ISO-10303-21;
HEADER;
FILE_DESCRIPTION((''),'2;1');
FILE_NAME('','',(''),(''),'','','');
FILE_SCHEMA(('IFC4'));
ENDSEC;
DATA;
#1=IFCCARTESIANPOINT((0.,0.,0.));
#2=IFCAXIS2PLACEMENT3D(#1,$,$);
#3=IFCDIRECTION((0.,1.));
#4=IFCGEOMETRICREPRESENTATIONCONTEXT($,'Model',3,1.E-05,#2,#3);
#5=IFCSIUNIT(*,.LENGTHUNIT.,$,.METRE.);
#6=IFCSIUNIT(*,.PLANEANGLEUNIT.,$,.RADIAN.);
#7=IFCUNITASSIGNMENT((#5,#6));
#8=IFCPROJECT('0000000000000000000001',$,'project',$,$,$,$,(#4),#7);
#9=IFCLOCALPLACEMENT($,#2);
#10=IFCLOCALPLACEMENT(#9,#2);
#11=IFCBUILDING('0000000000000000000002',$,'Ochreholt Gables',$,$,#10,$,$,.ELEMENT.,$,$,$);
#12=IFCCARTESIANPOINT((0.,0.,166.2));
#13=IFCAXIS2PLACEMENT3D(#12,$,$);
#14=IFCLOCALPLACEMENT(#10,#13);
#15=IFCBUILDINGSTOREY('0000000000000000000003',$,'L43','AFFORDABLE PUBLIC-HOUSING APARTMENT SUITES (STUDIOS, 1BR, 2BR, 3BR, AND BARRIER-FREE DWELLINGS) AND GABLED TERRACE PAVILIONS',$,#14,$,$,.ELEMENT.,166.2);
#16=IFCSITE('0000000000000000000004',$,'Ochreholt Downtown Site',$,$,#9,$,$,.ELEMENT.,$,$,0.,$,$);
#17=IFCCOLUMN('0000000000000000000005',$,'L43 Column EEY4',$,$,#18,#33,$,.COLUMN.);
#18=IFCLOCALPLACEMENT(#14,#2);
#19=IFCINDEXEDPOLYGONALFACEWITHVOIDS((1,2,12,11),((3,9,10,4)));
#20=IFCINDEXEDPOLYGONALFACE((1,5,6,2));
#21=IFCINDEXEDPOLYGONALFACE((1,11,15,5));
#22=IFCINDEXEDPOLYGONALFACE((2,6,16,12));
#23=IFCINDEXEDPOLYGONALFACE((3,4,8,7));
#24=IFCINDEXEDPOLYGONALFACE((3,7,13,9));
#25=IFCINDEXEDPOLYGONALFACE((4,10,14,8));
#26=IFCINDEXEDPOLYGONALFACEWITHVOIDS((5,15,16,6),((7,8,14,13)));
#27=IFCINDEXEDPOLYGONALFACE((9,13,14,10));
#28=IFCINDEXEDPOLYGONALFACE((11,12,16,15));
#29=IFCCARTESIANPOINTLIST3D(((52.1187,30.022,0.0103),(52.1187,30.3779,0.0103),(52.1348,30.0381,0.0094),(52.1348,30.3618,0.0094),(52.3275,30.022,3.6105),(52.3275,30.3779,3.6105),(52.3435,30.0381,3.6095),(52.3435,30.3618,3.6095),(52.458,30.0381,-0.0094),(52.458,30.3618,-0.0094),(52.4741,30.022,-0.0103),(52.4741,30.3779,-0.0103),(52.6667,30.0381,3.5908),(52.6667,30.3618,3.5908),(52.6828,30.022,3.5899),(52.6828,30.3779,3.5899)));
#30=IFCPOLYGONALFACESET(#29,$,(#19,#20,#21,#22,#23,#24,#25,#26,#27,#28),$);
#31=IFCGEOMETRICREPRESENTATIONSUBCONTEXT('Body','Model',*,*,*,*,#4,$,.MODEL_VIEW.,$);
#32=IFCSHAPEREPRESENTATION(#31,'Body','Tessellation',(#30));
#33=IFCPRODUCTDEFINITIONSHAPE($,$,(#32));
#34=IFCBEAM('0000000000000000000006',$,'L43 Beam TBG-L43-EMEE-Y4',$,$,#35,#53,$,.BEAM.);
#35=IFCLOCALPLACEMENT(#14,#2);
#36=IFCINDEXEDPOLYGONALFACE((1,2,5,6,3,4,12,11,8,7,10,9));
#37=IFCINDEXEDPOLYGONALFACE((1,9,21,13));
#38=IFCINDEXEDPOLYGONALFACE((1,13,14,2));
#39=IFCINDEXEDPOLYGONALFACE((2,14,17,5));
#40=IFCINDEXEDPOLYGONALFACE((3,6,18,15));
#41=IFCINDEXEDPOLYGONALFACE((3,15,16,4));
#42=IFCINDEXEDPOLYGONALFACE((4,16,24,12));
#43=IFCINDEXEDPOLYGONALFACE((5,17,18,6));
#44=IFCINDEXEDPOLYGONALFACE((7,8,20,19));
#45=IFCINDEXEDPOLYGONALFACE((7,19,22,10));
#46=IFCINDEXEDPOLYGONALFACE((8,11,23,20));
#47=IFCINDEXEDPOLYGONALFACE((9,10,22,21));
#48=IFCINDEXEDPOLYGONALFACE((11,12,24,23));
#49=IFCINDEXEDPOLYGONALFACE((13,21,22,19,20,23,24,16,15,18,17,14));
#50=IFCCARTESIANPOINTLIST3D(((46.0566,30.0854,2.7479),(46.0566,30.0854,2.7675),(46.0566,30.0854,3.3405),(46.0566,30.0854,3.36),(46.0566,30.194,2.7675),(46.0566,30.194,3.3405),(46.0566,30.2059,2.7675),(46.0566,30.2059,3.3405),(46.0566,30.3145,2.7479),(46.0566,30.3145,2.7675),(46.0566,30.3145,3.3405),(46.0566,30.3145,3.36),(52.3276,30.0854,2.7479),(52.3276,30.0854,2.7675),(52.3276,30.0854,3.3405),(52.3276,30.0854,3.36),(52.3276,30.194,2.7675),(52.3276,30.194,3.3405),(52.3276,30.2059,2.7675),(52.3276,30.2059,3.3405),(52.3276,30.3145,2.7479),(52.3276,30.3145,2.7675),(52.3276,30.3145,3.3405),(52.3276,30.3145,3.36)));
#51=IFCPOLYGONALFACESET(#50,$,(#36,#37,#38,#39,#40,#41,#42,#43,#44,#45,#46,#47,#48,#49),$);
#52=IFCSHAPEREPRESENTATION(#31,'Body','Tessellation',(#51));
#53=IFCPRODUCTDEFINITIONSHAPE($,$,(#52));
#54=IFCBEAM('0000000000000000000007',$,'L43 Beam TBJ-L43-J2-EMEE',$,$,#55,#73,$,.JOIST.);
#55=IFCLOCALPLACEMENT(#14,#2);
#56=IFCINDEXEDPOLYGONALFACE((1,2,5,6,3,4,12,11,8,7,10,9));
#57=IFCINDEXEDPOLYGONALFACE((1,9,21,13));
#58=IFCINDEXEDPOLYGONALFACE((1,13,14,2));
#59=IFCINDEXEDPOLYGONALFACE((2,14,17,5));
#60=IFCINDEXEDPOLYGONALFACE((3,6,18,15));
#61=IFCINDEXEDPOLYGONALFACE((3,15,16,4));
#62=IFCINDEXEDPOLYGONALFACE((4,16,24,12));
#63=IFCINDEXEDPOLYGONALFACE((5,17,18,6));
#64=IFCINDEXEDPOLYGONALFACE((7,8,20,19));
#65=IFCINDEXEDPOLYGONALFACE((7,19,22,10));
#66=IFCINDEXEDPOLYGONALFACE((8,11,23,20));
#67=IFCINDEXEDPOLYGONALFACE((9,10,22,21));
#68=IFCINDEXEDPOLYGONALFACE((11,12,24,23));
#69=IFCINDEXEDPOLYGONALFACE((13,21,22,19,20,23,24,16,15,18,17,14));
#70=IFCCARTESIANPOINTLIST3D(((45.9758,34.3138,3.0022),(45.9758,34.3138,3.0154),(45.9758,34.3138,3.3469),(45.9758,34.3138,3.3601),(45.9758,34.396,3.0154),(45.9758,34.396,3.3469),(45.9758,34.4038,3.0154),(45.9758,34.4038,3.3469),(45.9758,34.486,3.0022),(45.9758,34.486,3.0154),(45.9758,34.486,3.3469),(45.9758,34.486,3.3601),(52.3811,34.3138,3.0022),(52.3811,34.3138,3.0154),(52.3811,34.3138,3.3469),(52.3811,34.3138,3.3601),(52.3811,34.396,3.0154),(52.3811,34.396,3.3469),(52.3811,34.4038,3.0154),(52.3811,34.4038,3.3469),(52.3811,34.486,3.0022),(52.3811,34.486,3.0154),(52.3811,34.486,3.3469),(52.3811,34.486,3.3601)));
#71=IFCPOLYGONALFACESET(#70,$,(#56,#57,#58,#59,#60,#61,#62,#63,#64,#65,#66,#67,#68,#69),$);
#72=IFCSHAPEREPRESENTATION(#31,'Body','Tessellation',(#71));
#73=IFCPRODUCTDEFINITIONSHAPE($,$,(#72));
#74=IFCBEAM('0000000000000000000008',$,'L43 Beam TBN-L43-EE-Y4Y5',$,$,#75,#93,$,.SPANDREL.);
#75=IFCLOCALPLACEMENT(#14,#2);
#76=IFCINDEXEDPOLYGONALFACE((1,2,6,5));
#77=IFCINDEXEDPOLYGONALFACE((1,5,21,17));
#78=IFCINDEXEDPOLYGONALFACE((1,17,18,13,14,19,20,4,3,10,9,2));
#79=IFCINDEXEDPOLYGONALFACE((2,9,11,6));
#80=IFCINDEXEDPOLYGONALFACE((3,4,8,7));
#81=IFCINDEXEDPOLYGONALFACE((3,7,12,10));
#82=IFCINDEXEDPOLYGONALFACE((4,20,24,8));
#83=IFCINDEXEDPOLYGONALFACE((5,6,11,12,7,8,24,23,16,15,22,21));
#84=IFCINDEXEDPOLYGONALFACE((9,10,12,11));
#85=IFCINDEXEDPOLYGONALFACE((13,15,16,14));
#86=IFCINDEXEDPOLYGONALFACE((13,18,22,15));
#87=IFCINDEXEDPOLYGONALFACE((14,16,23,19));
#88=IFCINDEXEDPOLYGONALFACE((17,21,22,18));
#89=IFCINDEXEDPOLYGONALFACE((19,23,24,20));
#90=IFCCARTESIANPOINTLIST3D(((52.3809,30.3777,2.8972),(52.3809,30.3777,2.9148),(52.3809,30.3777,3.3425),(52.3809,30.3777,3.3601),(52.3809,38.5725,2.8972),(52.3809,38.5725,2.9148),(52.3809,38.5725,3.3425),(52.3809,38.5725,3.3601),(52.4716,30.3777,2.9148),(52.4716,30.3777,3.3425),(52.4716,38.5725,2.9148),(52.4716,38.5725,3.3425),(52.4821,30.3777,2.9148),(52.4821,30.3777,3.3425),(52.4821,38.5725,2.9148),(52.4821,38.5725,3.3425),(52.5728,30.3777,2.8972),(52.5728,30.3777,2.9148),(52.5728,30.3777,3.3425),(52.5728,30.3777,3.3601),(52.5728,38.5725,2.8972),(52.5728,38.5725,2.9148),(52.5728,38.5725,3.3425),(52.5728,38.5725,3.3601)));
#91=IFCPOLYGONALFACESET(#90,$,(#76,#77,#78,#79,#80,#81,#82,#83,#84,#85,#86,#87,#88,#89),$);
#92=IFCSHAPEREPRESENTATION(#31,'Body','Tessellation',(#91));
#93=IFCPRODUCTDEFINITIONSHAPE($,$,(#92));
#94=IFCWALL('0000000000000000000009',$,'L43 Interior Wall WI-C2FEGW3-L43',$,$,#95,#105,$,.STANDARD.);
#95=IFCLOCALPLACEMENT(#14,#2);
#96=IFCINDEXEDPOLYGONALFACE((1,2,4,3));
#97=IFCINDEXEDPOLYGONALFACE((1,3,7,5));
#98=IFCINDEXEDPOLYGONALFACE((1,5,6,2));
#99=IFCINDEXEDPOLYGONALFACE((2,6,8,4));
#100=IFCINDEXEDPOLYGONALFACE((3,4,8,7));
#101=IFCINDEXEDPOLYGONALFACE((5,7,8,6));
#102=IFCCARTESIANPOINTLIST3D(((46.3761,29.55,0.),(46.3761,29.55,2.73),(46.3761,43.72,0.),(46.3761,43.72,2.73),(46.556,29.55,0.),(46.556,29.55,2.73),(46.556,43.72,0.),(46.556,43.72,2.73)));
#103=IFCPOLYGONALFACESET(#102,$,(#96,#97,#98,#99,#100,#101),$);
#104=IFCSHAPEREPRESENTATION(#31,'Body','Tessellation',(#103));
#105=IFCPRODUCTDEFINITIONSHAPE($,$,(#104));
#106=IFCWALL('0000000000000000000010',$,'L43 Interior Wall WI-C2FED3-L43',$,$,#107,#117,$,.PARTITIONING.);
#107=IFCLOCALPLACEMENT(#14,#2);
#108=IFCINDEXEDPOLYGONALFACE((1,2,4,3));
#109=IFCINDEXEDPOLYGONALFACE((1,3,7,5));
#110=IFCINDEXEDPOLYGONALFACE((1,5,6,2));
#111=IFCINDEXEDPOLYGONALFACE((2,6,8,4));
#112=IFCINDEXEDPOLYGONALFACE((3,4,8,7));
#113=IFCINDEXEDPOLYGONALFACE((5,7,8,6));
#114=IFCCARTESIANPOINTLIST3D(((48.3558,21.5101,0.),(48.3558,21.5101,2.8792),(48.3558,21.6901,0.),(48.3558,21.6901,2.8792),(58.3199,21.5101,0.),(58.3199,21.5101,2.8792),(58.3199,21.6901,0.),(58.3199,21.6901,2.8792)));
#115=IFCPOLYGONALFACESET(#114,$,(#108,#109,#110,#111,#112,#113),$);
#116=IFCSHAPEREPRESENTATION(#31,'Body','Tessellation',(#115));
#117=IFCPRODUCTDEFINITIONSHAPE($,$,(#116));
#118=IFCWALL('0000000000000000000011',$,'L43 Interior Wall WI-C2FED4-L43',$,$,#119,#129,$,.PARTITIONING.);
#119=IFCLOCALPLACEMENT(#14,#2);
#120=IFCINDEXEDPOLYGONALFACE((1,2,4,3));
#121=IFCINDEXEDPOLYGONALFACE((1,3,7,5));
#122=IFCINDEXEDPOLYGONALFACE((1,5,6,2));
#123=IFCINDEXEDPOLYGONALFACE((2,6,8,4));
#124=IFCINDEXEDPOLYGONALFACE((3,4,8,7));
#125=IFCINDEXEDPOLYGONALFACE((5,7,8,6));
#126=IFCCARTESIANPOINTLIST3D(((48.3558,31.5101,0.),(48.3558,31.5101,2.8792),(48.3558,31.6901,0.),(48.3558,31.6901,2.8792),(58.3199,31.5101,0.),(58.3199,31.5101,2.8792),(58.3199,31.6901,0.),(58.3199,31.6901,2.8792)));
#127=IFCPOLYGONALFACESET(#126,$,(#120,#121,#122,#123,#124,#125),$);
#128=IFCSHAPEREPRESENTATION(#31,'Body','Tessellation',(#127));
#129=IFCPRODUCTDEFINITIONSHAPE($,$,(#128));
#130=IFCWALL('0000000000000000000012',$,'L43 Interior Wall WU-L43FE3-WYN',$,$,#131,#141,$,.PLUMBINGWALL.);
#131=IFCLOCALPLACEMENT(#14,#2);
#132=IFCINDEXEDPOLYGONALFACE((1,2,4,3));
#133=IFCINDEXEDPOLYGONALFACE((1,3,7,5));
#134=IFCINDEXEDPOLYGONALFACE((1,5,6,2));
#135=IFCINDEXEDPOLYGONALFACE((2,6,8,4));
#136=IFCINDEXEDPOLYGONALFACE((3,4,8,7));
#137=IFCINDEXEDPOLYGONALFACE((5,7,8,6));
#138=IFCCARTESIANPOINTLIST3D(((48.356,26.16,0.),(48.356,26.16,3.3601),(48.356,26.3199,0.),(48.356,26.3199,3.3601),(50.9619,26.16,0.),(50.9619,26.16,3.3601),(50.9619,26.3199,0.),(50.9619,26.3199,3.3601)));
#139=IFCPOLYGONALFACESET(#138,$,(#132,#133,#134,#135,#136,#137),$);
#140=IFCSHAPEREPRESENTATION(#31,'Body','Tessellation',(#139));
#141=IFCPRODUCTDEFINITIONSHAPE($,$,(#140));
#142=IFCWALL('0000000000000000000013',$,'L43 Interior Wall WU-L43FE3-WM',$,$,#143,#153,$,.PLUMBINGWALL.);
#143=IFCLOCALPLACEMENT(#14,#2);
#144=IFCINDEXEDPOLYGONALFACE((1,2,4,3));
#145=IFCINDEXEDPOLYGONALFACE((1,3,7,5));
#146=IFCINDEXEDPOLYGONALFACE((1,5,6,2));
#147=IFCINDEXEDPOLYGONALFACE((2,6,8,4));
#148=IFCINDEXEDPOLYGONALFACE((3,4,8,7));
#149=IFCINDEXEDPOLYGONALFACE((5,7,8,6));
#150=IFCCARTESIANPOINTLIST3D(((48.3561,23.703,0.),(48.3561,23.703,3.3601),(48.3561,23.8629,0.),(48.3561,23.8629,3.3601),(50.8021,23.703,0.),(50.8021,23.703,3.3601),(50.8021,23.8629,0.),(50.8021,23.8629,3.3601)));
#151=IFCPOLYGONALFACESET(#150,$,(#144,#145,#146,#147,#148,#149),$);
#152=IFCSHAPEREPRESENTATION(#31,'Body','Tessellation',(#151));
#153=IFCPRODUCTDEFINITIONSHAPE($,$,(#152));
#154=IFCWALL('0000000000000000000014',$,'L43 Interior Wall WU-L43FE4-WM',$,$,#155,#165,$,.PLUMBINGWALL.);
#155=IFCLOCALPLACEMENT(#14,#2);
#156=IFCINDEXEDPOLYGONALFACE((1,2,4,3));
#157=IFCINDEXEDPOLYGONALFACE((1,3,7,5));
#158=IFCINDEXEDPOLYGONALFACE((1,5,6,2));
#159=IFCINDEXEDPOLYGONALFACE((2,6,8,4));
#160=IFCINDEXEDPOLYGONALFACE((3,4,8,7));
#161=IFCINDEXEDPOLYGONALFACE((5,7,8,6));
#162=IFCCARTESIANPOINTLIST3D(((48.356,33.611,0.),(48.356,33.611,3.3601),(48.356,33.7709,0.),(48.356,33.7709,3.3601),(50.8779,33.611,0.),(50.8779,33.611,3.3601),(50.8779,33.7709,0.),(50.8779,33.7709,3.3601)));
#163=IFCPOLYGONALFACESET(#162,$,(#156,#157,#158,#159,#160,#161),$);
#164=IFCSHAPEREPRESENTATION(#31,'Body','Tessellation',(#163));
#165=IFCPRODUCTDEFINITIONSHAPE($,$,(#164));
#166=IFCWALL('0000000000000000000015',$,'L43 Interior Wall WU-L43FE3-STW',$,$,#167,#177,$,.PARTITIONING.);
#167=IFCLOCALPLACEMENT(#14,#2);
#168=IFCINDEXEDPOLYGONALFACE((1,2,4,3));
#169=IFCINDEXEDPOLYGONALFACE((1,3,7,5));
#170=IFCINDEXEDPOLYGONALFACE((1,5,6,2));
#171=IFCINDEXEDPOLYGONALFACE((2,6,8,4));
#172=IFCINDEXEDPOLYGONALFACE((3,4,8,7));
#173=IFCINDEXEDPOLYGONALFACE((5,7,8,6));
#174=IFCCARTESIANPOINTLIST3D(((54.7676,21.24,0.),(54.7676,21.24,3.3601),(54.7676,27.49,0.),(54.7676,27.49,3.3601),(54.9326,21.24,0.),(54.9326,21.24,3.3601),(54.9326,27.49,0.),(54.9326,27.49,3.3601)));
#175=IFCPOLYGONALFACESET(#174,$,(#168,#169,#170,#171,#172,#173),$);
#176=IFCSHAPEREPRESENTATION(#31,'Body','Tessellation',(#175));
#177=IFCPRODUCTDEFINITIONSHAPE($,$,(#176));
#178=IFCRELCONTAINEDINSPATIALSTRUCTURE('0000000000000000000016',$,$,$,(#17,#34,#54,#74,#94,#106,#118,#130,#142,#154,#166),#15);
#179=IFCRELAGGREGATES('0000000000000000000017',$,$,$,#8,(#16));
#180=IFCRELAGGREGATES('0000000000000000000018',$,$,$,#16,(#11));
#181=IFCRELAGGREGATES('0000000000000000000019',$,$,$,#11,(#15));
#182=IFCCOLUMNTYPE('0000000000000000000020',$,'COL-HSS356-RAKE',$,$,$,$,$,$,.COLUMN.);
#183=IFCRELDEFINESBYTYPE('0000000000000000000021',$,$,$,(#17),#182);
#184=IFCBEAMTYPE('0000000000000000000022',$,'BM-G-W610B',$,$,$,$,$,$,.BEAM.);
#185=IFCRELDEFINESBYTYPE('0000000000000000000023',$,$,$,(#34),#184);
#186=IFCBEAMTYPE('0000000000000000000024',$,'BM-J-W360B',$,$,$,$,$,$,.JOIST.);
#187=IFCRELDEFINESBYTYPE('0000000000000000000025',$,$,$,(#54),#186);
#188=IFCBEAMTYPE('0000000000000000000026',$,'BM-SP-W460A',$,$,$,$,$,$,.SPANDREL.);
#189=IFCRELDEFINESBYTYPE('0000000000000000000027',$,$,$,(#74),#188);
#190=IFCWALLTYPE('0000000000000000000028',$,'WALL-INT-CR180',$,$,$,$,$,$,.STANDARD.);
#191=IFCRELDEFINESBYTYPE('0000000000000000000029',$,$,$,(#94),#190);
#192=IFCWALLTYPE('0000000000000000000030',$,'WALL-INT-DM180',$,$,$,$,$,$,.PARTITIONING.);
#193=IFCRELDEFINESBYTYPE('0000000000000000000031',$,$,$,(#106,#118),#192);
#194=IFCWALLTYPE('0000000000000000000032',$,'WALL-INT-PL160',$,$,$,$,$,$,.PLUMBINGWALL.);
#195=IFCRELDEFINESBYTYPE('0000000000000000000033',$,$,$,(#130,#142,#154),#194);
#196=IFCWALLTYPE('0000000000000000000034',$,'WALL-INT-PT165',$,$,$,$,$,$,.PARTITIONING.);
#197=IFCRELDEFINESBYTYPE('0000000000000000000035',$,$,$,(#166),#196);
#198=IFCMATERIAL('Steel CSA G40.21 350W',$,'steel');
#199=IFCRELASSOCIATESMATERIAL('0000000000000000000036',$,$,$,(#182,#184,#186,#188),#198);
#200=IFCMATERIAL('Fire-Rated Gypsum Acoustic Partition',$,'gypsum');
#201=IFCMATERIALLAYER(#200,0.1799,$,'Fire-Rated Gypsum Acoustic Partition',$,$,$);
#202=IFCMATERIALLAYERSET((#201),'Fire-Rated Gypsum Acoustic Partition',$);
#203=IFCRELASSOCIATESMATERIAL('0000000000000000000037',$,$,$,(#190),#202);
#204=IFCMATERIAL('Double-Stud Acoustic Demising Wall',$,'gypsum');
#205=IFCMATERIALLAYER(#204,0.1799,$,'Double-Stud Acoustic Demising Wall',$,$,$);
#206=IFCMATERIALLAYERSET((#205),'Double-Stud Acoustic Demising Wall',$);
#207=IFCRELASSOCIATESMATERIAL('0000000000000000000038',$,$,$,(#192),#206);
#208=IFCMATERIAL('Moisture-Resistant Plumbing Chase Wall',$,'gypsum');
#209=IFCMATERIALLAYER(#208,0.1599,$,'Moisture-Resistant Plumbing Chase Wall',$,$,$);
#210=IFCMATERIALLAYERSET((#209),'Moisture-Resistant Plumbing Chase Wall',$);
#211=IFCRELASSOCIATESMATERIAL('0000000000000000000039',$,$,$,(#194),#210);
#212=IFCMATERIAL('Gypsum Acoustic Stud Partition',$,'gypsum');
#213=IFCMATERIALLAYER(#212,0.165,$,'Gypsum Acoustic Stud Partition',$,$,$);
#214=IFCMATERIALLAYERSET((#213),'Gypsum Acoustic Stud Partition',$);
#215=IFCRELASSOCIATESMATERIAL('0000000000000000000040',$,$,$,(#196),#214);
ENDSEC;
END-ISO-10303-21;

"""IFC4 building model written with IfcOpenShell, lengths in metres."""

from ifc_helpers import new_model, si_unit, direction, frame, frame_2d, origin, origin_2d, place, context, subcontext, project, spatial, rectangle, hollow_rectangle, i_section, extrude, material, layer, layer_set, material_profile, profile_set, type_object, element, save


model = new_model("IFC4")

# Units and contexts
model_context = context("Model", 3, precision=1e-05, world=origin(), true_north=direction((0.0, 1.0)))
body_context = subcontext(model_context, "Body", "Model", "MODEL_VIEW")
ifc_project = project(units=[si_unit("LENGTHUNIT", "METRE"), si_unit("PLANEANGLEUNIT", "RADIAN")], contexts=[model_context])

# Site, building, storey
site_placement = place(None, origin())
site = spatial("IfcSite", under=ifc_project, at=site_placement, Name="Ochreholt Downtown Site", CompositionType="ELEMENT", RefElevation=0.0)
building_placement = place(site_placement, origin())
building = spatial("IfcBuilding", under=site, at=building_placement, Name="Ochreholt Gables", CompositionType="ELEMENT")
storey_placement = place(building_placement, frame((0.0, 0.0, 166.2)))
storey = spatial("IfcBuildingStorey", under=building, at=storey_placement, Name="L43", Description="AFFORDABLE PUBLIC-HOUSING APARTMENT SUITES (STUDIOS, 1BR, 2BR, 3BR, AND BARRIER-FREE DWELLINGS) AND GABLED TERRACE PAVILIONS", CompositionType="ELEMENT", Elevation=166.2)

# Column
ifc_material_1 = material(Name="Steel CSA G40.21 350W", Category="steel")
ifc_material_profile_1 = material_profile(ifc_material_1, hollow_rectangle(XDim=0.356, YDim=0.356, WallThickness=0.0161, at=origin_2d()), Name="HSS356X356X16")
ifc_profile_set_1 = profile_set([ifc_material_profile_1], Name="Steel CSA G40.21 350W")
column_type = type_object("IfcColumnType", Name="COL-HSS356-RAKE", PredefinedType="COLUMN", material=ifc_profile_set_1)
column_placement = place(storey_placement, frame((52.2964, 30.2, 0.0), z_axis=(0.057885, 0.0, 0.998323), x_axis=(0.0, 1.0, 0.0)))
element("IfcColumn", 1, at=column_placement, inside=storey, type_object=column_type, Name="L43 Column EEY4", PredefinedType="COLUMN", context=body_context, shape_type="SweptSolid", body=[
    extrude(hollow_rectangle(XDim=0.356, YDim=0.356, WallThickness=0.0161, at=origin_2d()), origin(), (0.0, 0.0, 1.0), 3.6062),
])

# Beams
ifc_material_profile_2 = material_profile(ifc_material_1, i_section(OverallWidth=0.229, OverallDepth=0.6121, WebThickness=0.012, FlangeThickness=0.0195, at=origin_2d()), Name="W610X125")
ifc_profile_set_2 = profile_set([ifc_material_profile_2], Name="Steel CSA G40.21 350W")
beam_type_1 = type_object("IfcBeamType", Name="BM-G-W610B", PredefinedType="BEAM", material=ifc_profile_set_2)
beam_1_placement = place(storey_placement, frame((46.0566, 30.2, 3.054), z_axis=(1.0, 0.0, 0.0), x_axis=(0.0, 1.0, 0.0)))
element("IfcBeam", 2, at=beam_1_placement, inside=storey, type_object=beam_type_1, Name="L43 Beam TBG-L43-EMEE-Y4", PredefinedType="BEAM", context=body_context, shape_type="SweptSolid", body=[
    extrude(i_section(OverallWidth=0.229, OverallDepth=0.6121, WebThickness=0.012, FlangeThickness=0.0195, at=origin_2d()), origin(), (0.0, 0.0, 1.0), 6.271),
])
ifc_material_profile_3 = material_profile(ifc_material_1, i_section(OverallWidth=0.1721, OverallDepth=0.3579, WebThickness=0.0078, FlangeThickness=0.0132, at=origin_2d()), Name="W360X57")
ifc_profile_set_3 = profile_set([ifc_material_profile_3], Name="Steel CSA G40.21 350W")
beam_type_2 = type_object("IfcBeamType", Name="BM-J-W360B", PredefinedType="JOIST", material=ifc_profile_set_3)
beam_2_placement = place(storey_placement, frame((45.9758, 34.3999, 3.1812), z_axis=(1.0, 0.0, 0.0), x_axis=(0.0, 1.0, 0.0)))
element("IfcBeam", 3, at=beam_2_placement, inside=storey, type_object=beam_type_2, Name="L43 Beam TBJ-L43-J2-EMEE", PredefinedType="JOIST", context=body_context, shape_type="SweptSolid", body=[
    extrude(i_section(OverallWidth=0.1721, OverallDepth=0.3579, WebThickness=0.0078, FlangeThickness=0.0132, at=origin_2d()), origin(), (0.0, 0.0, 1.0), 6.4053),
])
ifc_material_profile_4 = material_profile(ifc_material_1, i_section(OverallWidth=0.1919, OverallDepth=0.4629, WebThickness=0.0105, FlangeThickness=0.0176, at=origin_2d()), Name="W460X89")
ifc_profile_set_4 = profile_set([ifc_material_profile_4], Name="Steel CSA G40.21 350W")
beam_type_3 = type_object("IfcBeamType", Name="BM-SP-W460A", PredefinedType="SPANDREL", material=ifc_profile_set_4)
beam_3_placement = place(storey_placement, frame((52.4768, 30.3777, 3.1287), z_axis=(0.0, 1.0, 0.0), x_axis=(-1.0, 0.0, 0.0)))
element("IfcBeam", 4, at=beam_3_placement, inside=storey, type_object=beam_type_3, Name="L43 Beam TBN-L43-EE-Y4Y5", PredefinedType="SPANDREL", context=body_context, shape_type="SweptSolid", body=[
    extrude(i_section(OverallWidth=0.1919, OverallDepth=0.4629, WebThickness=0.0105, FlangeThickness=0.0176, at=origin_2d()), origin(), (0.0, 0.0, 1.0), 8.1948),
])

# Walls
ifc_material_2 = material(Name="Fire-Rated Gypsum Acoustic Partition", Category="gypsum")
ifc_layer_1 = layer(ifc_material_2, 0.1799, Name="Fire-Rated Gypsum Acoustic Partition")
ifc_layer_set_1 = layer_set([ifc_layer_1], Name="Fire-Rated Gypsum Acoustic Partition")
wall_type_1 = type_object("IfcWallType", Name="WALL-INT-CR180", PredefinedType="STANDARD", material=ifc_layer_set_1)
wall_1_placement = place(storey_placement, frame((46.4661, 29.55, 0.0), z_axis=(0.0, 0.0, 1.0), x_axis=(0.0, 1.0, 0.0)))
element("IfcWall", 5, at=wall_1_placement, inside=storey, type_object=wall_type_1, Name="L43 Interior Wall WI-C2FEGW3-L43", PredefinedType="STANDARD", context=body_context, shape_type="SweptSolid", body=[
    extrude(rectangle(XDim=14.1699, YDim=0.1799, at=frame_2d((7.085, 0.0))), origin(), (0.0, 0.0, 1.0), 2.73),
])
ifc_material_3 = material(Name="Double-Stud Acoustic Demising Wall", Category="gypsum")
ifc_layer_2 = layer(ifc_material_3, 0.1799, Name="Double-Stud Acoustic Demising Wall")
ifc_layer_set_2 = layer_set([ifc_layer_2], Name="Double-Stud Acoustic Demising Wall")
wall_type_2 = type_object("IfcWallType", Name="WALL-INT-DM180", PredefinedType="PARTITIONING", material=ifc_layer_set_2)
for number, where, z_axis, x_axis, name in (
    (6, (48.356, 21.6001, 0.0), (0.0, 0.0, 1.0), (1.0, 0.0, 0.0), "L43 Interior Wall WI-C2FED3-L43"),
    (7, (48.356, 31.6001, 0.0), (0.0, 0.0, 1.0), (1.0, 0.0, 0.0), "L43 Interior Wall WI-C2FED4-L43"),
):
    element("IfcWall", number, at=place(storey_placement, frame(where, z_axis=z_axis, x_axis=x_axis)), inside=storey, type_object=wall_type_2, Name=name, PredefinedType="PARTITIONING", context=body_context, shape_type="SweptSolid", body=[
        extrude(rectangle(XDim=9.9641, YDim=0.1799, at=frame_2d((4.9819, 0.0))), origin(), (0.0, 0.0, 1.0), 2.8792),
    ])
ifc_material_4 = material(Name="Moisture-Resistant Plumbing Chase Wall", Category="gypsum")
ifc_layer_3 = layer(ifc_material_4, 0.1599, Name="Moisture-Resistant Plumbing Chase Wall")
ifc_layer_set_3 = layer_set([ifc_layer_3], Name="Moisture-Resistant Plumbing Chase Wall")
wall_type_3 = type_object("IfcWallType", Name="WALL-INT-PL160", PredefinedType="PLUMBINGWALL", material=ifc_layer_set_3)
wall_2_placement = place(storey_placement, frame((48.356, 26.24, 0.0), z_axis=(0.0, 0.0, 1.0), x_axis=(1.0, 0.0, 0.0)))
element("IfcWall", 8, at=wall_2_placement, inside=storey, type_object=wall_type_3, Name="L43 Interior Wall WU-L43FE3-WYN", PredefinedType="PLUMBINGWALL", context=body_context, shape_type="SweptSolid", body=[
    extrude(rectangle(XDim=2.606, YDim=0.1599, at=frame_2d((1.303, 0.0))), origin(), (0.0, 0.0, 1.0), 3.3601),
])

# Wall
wall_3_placement = place(storey_placement, frame((48.356, 23.783, 0.0), z_axis=(0.0, 0.0, 1.0), x_axis=(1.0, 0.0, 0.0)))
element("IfcWall", 9, at=wall_3_placement, inside=storey, type_object=wall_type_3, Name="L43 Interior Wall WU-L43FE3-WM", PredefinedType="PLUMBINGWALL", context=body_context, shape_type="SweptSolid", body=[
    extrude(rectangle(XDim=2.446, YDim=0.1599, at=frame_2d((1.2231, 0.0))), origin(), (0.0, 0.0, 1.0), 3.3601),
])

# Walls
wall_4_placement = place(storey_placement, frame((48.356, 33.6909, 0.0), z_axis=(0.0, 0.0, 1.0), x_axis=(1.0, 0.0, 0.0)))
element("IfcWall", 10, at=wall_4_placement, inside=storey, type_object=wall_type_3, Name="L43 Interior Wall WU-L43FE4-WM", PredefinedType="PLUMBINGWALL", context=body_context, shape_type="SweptSolid", body=[
    extrude(rectangle(XDim=2.522, YDim=0.1599, at=frame_2d((1.261, 0.0))), origin(), (0.0, 0.0, 1.0), 3.3601),
])
ifc_material_5 = material(Name="Gypsum Acoustic Stud Partition", Category="gypsum")
ifc_layer_4 = layer(ifc_material_5, 0.165, Name="Gypsum Acoustic Stud Partition")
ifc_layer_set_4 = layer_set([ifc_layer_4], Name="Gypsum Acoustic Stud Partition")
wall_type_4 = type_object("IfcWallType", Name="WALL-INT-PT165", PredefinedType="PARTITIONING", material=ifc_layer_set_4)
wall_5_placement = place(storey_placement, frame((54.8501, 21.24, 0.0), z_axis=(0.0, 0.0, 1.0), x_axis=(0.0, 1.0, 0.0)))
element("IfcWall", 11, at=wall_5_placement, inside=storey, type_object=wall_type_4, Name="L43 Interior Wall WU-L43FE3-STW", PredefinedType="PARTITIONING", context=body_context, shape_type="SweptSolid", body=[
    extrude(rectangle(XDim=6.25, YDim=0.165, at=frame_2d((3.125, 0.0))), origin(), (0.0, 0.0, 1.0), 3.3601),
])

save(model, "model.ifc")
